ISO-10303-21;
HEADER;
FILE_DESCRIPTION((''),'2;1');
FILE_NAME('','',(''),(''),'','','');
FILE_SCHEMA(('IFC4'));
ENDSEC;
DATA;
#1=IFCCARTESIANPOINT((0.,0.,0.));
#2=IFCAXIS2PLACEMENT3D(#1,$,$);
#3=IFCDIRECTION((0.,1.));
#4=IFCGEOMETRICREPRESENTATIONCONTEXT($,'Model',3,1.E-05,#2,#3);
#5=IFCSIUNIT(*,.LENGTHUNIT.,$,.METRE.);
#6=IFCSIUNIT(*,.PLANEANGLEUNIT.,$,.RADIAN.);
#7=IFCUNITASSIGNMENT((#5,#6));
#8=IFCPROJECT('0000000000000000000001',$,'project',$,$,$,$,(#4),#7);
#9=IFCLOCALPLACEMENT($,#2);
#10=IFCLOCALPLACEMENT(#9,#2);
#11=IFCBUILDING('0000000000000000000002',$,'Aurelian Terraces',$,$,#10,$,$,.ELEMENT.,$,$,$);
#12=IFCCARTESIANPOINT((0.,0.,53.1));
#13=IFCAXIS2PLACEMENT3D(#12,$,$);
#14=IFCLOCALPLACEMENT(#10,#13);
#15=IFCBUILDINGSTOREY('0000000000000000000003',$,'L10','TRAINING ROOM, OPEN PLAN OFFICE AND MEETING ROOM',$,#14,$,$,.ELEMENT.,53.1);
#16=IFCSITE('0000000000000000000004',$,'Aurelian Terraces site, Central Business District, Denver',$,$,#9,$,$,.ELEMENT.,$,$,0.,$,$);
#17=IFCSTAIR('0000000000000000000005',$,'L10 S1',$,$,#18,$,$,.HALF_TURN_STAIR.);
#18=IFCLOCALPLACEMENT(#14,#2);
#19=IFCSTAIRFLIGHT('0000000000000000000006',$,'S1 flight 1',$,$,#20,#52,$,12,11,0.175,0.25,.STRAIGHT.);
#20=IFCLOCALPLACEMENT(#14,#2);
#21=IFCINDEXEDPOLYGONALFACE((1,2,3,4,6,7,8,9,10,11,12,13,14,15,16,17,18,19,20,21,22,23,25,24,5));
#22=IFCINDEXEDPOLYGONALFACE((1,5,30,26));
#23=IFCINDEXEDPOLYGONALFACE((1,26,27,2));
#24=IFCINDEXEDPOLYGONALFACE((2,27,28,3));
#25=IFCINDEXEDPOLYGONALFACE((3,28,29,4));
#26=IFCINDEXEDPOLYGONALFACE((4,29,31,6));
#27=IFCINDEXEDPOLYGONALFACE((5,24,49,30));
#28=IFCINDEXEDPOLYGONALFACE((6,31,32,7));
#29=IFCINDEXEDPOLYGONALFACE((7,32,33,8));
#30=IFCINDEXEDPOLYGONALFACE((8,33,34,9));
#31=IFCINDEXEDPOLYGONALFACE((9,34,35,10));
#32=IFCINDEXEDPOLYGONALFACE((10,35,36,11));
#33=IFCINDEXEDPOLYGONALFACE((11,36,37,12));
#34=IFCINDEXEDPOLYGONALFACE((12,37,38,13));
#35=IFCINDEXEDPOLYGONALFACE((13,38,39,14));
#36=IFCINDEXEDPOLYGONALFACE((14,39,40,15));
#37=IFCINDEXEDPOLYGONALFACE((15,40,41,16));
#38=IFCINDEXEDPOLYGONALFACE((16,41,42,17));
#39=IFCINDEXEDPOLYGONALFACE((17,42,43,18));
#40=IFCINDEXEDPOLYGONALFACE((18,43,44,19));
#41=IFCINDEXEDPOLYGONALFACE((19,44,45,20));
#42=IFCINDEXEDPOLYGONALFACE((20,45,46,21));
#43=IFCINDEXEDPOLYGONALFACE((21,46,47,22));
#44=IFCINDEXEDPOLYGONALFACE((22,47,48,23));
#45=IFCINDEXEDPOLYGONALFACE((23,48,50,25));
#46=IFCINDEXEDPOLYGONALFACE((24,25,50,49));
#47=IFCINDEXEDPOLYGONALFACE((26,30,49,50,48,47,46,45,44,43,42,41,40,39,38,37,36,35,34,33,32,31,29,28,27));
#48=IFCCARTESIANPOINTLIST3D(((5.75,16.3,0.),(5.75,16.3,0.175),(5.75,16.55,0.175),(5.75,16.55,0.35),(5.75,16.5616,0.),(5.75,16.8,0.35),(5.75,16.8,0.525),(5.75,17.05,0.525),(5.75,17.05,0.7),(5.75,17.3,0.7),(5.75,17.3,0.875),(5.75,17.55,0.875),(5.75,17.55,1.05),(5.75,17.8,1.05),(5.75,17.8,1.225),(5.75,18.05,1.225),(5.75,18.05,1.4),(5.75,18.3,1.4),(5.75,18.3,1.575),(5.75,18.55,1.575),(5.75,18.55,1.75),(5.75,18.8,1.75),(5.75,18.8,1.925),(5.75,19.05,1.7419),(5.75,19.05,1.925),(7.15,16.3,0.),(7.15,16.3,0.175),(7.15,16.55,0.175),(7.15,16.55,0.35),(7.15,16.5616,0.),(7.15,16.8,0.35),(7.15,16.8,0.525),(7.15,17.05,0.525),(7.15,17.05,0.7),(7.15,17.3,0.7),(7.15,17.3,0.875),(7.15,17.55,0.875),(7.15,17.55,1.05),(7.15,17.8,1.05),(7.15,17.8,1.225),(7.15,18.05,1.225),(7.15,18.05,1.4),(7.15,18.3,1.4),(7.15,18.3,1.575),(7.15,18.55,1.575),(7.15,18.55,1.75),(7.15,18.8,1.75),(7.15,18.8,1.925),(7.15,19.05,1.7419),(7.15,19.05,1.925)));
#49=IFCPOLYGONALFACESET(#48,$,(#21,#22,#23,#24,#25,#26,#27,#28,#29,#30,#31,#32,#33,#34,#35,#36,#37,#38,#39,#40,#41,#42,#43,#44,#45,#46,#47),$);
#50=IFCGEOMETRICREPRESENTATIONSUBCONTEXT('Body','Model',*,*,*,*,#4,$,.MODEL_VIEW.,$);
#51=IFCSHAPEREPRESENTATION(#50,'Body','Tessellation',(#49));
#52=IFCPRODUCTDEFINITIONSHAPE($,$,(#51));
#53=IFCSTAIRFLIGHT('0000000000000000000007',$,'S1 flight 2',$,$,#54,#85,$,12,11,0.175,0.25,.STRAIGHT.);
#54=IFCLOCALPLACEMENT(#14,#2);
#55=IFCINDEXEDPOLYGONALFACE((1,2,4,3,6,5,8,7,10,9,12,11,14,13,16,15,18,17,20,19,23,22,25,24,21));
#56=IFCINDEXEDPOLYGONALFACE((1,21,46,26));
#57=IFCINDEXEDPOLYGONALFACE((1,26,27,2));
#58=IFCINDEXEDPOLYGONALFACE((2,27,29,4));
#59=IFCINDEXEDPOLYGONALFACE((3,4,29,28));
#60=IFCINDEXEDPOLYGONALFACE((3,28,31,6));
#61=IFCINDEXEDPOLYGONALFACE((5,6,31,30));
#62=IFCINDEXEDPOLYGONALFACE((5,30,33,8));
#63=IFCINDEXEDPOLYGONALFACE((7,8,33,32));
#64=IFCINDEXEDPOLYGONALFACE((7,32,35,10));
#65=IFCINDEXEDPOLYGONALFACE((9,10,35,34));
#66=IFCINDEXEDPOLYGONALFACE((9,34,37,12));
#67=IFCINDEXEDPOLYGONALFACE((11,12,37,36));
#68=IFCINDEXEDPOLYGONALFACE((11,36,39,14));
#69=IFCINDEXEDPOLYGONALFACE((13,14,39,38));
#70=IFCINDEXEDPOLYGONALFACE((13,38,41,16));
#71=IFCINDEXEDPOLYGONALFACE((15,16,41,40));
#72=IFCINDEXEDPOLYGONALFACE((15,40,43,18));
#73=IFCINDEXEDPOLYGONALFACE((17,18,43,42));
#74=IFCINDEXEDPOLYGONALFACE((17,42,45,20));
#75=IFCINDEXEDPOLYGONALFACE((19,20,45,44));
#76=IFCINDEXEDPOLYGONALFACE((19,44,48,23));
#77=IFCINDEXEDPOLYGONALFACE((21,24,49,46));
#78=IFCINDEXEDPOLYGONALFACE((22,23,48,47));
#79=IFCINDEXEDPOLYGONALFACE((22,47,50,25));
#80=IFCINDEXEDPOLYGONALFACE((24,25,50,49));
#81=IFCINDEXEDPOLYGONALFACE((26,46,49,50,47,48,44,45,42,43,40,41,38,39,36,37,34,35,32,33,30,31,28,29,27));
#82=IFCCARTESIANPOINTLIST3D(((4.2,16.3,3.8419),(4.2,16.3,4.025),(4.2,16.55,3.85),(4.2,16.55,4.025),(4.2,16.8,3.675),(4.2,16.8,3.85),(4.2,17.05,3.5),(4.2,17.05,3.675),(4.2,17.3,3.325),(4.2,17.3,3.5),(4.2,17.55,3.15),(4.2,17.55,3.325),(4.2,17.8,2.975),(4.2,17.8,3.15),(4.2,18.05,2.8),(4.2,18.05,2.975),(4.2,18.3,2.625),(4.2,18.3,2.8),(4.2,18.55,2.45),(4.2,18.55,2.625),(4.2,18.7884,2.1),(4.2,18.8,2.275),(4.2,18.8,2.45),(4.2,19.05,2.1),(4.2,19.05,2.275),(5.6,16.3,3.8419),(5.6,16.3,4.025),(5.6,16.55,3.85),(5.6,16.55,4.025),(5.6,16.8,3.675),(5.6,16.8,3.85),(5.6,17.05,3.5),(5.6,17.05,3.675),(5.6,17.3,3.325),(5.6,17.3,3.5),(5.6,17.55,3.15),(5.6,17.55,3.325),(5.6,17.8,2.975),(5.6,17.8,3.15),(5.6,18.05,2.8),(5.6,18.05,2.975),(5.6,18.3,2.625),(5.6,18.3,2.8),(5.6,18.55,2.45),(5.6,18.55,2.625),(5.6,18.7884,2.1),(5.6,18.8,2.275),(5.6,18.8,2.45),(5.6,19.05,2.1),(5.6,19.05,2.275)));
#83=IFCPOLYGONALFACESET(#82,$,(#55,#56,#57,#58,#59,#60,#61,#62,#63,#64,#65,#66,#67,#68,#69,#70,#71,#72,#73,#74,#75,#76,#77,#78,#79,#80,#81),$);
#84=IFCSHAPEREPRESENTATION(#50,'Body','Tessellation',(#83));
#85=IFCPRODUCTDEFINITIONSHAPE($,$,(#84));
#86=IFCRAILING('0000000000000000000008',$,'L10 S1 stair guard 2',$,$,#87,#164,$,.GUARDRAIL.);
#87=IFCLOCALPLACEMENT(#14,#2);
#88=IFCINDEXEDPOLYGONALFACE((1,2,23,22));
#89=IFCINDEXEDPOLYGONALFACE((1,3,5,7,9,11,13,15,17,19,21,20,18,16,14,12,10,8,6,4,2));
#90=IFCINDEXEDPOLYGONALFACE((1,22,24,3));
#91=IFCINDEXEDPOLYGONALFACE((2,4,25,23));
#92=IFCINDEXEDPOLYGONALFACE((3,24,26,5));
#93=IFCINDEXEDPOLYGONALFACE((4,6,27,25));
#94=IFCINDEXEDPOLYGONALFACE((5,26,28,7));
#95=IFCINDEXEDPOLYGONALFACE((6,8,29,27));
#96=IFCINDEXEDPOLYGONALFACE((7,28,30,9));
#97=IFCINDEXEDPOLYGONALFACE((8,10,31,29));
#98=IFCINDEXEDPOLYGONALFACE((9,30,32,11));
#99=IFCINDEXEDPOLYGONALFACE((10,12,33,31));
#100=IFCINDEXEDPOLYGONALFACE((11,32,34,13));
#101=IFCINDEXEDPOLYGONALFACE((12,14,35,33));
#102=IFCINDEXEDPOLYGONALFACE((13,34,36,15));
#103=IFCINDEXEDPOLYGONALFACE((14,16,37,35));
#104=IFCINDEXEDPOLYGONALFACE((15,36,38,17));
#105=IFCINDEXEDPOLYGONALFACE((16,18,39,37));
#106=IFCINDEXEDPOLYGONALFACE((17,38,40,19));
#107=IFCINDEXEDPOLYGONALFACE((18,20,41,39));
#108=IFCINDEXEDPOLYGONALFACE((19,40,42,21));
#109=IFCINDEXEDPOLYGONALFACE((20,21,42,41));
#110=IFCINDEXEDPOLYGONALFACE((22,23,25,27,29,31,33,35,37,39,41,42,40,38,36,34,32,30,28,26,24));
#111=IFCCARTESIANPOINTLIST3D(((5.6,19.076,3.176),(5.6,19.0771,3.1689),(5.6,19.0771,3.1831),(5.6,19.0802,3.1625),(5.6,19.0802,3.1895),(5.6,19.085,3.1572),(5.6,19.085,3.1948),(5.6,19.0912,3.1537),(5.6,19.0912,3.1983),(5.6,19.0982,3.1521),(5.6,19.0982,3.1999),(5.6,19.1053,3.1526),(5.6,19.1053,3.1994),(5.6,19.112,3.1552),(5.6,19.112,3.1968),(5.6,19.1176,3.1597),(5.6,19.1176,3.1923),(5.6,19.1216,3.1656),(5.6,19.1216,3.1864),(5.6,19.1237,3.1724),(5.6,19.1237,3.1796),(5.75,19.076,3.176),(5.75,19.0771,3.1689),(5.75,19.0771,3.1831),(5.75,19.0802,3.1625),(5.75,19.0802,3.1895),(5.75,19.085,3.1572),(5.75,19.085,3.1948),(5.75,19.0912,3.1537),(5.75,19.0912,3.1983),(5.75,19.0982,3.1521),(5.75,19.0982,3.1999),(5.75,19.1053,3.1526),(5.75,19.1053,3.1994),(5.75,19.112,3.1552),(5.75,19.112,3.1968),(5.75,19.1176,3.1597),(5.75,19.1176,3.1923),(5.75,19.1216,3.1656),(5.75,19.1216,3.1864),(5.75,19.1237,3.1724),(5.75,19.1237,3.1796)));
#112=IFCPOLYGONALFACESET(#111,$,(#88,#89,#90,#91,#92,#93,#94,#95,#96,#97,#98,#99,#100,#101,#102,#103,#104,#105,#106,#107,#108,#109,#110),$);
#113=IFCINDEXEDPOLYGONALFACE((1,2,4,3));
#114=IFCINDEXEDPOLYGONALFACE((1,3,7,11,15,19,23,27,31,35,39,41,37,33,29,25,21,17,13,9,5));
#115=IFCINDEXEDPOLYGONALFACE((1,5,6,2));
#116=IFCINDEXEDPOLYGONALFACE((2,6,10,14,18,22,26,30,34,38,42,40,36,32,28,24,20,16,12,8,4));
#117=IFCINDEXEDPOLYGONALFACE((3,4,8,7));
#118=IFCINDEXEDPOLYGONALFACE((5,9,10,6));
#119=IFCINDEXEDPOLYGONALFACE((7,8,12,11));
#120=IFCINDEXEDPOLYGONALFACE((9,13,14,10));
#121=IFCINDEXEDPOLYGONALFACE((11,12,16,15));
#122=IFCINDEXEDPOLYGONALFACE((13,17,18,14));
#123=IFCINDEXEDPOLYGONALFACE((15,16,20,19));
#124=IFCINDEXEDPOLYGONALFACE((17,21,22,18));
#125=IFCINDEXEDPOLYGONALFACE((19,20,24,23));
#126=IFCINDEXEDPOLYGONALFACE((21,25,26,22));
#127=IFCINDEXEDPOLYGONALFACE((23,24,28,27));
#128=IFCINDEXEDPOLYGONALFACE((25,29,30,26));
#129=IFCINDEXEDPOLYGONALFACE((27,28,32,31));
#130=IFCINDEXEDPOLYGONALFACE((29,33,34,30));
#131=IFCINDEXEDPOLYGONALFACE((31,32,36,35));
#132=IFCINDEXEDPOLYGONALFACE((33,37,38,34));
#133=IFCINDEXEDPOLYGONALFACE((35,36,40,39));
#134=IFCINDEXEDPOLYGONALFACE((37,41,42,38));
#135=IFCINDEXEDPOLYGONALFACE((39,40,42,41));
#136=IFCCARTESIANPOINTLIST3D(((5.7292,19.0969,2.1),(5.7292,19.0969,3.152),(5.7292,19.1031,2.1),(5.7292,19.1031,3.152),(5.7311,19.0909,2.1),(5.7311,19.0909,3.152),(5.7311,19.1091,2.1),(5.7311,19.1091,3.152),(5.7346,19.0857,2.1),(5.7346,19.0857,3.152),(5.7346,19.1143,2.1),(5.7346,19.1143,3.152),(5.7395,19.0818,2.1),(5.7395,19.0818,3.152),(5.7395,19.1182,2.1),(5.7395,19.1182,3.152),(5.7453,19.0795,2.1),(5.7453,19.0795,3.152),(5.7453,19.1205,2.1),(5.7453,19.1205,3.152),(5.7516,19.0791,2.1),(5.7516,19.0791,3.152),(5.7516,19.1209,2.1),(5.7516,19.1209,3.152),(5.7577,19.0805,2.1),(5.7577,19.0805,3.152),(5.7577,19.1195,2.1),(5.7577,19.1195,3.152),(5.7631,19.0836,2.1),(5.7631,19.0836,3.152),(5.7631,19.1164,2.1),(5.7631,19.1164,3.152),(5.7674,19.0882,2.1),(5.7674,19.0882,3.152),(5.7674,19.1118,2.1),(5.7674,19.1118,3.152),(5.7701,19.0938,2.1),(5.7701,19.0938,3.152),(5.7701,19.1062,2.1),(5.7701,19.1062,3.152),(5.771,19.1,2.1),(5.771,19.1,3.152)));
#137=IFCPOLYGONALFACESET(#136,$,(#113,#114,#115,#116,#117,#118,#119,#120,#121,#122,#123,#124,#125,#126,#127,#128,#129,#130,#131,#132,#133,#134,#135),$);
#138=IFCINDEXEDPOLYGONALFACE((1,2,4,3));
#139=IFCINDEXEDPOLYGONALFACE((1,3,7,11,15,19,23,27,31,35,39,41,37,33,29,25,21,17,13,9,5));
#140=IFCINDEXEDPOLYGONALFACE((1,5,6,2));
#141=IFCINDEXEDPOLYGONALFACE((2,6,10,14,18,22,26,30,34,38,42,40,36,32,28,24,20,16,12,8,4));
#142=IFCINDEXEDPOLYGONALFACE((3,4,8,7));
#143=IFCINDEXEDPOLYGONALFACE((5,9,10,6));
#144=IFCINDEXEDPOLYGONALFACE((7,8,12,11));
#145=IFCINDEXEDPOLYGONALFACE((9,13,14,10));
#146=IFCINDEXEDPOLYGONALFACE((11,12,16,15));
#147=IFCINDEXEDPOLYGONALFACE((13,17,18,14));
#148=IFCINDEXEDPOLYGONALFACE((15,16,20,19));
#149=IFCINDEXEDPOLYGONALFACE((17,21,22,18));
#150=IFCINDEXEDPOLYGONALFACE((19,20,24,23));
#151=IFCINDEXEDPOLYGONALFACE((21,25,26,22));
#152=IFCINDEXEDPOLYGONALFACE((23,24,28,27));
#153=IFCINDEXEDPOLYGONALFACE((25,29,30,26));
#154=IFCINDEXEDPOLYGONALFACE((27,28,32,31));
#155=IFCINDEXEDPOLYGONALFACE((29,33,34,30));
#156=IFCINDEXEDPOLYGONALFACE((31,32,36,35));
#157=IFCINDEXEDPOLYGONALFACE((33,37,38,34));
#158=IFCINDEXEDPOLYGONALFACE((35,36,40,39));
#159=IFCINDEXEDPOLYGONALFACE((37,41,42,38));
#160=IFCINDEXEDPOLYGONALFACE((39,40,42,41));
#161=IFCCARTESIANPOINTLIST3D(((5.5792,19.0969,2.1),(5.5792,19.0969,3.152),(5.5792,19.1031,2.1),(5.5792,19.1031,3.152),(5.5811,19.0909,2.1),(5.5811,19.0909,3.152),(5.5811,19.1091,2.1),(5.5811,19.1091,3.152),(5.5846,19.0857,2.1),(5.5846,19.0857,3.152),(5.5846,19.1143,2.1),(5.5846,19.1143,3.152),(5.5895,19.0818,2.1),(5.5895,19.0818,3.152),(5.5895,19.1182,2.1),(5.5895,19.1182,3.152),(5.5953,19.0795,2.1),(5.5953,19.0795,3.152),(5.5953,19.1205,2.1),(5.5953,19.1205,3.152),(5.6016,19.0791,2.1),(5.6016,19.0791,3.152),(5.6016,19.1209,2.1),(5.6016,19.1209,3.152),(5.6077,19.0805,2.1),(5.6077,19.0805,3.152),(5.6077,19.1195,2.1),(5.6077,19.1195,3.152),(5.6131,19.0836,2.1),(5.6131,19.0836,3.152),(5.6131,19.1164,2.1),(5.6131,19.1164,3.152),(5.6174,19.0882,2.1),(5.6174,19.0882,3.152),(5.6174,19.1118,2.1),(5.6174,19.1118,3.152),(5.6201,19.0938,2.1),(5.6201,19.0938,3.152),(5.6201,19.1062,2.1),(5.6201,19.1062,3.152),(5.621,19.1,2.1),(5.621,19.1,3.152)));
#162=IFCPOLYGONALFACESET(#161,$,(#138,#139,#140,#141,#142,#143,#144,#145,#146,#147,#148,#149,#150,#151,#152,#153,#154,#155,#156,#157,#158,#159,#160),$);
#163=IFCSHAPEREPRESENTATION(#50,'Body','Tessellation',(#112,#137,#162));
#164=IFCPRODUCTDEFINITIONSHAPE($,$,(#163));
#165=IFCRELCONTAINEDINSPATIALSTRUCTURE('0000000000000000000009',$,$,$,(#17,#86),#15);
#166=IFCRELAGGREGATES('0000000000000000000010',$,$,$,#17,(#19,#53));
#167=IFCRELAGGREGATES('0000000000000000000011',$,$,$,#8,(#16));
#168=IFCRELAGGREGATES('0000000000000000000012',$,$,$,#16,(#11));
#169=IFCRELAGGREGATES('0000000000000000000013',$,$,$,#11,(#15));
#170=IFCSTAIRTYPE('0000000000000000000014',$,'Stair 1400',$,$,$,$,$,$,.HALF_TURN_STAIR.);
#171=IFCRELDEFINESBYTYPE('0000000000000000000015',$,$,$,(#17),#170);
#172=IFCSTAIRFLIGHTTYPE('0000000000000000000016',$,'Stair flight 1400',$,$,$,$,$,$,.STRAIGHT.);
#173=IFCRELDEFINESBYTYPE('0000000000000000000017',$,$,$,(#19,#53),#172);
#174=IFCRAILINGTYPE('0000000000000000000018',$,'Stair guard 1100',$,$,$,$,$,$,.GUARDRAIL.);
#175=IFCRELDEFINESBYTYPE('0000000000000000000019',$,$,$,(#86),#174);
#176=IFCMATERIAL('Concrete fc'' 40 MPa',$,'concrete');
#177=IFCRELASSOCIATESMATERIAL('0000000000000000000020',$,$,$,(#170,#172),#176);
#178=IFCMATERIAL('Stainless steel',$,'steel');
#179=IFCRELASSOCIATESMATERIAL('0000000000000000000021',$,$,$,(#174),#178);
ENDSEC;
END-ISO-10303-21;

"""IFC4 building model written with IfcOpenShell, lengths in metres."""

from ifc_helpers import new_model, si_unit, direction, frame, origin, origin_2d, place, context, subcontext, project, spatial, polyline, circle, outline, extrude, source, transform, mapped, material, type_object, element, aggregate, save


model = new_model("IFC4")

# Units and contexts
model_context = context("Model", 3, precision=1e-05, world=origin(), true_north=direction((0.0, 1.0)))
body_context = subcontext(model_context, "Body", "Model", "MODEL_VIEW")
ifc_project = project(units=[si_unit("LENGTHUNIT", "METRE"), si_unit("PLANEANGLEUNIT", "RADIAN")], contexts=[model_context])

# Site, building, storey
site_placement = place(None, origin())
site = spatial("IfcSite", under=ifc_project, at=site_placement, Name="Aurelian Terraces site, Central Business District, Denver", CompositionType="ELEMENT", RefElevation=0.0)
building_placement = place(site_placement, origin())
building = spatial("IfcBuilding", under=site, at=building_placement, Name="Aurelian Terraces", CompositionType="ELEMENT")
storey_placement = place(building_placement, frame((0.0, 0.0, 53.1)))
storey = spatial("IfcBuildingStorey", under=building, at=storey_placement, Name="L10", Description="TRAINING ROOM, OPEN PLAN OFFICE AND MEETING ROOM", CompositionType="ELEMENT", Elevation=53.1)

# Shared definitions
ifc_material_1 = material(Name="Concrete fc' 40 MPa", Category="concrete")

# Shared definitions
ifc_material_2 = material(Name="Stainless steel", Category="steel")

# Stair, stair flights
stair_type = type_object("IfcStairType", Name="Stair 1400", PredefinedType="HALF_TURN_STAIR", material=ifc_material_1)
stair_placement = place(storey_placement, origin())
stair = element("IfcStair", 1, at=stair_placement, inside=storey, type_object=stair_type, Name="L10 S1", PredefinedType="HALF_TURN_STAIR")
stair_flight_type = type_object("IfcStairFlightType", Name="Stair flight 1400", PredefinedType="STRAIGHT", material=ifc_material_1)
shared_shape_1 = source(origin(), body_context, "Body", "SweptSolid", [
    extrude(outline(polyline([(0.0, 0.0), (0.0, 0.175), (0.25, 0.175), (0.25, 0.35), (0.5, 0.35), (0.5, 0.525), (0.75, 0.525), (0.75, 0.7), (1.0, 0.7), (1.0, 0.875), (1.25, 0.875), (1.25, 1.05), (1.5, 1.05), (1.5, 1.225), (1.75, 1.225), (1.75, 1.4), (2.0, 1.4), (2.0, 1.575), (2.25, 1.575), (2.25, 1.75), (2.5, 1.75), (2.5, 1.925), (2.75, 1.925), (2.75, 2.1), (2.75, 1.7419), (0.2616, 0.0), (0.0, 0.0)])), frame((0.0, 0.7, 0.0), z_axis=(0.0, -1.0, 0.0), x_axis=(1.0, 0.0, 0.0)), (0.0, 0.0, 1.0), 1.4),
])
stair_flight_1_placement = place(storey_placement, frame((6.45, 16.3, 0.0), z_axis=(0.0, 0.0, 1.0), x_axis=(0.0, 1.0, 0.0)))
stair_flight_1 = element("IfcStairFlight", 2, at=stair_flight_1_placement, type_object=stair_flight_type, Name="S1 flight 1", NumberOfRisers=12, NumberOfTreads=11, PredefinedType="STRAIGHT", RiserHeight=0.175, TreadLength=0.25, context=body_context, shape_type="MappedRepresentation", body=[
    mapped(shared_shape_1, transform((0.0, 0.0, 0.0), scale=1.0)),
])
stair_flight_2_placement = place(storey_placement, frame((4.9, 19.05, 2.1), z_axis=(0.0, 0.0, 1.0), x_axis=(0.0, -1.0, 0.0)))
stair_flight_2 = element("IfcStairFlight", 3, at=stair_flight_2_placement, type_object=stair_flight_type, Name="S1 flight 2", NumberOfRisers=12, NumberOfTreads=11, PredefinedType="STRAIGHT", RiserHeight=0.175, TreadLength=0.25, context=body_context, shape_type="MappedRepresentation", body=[
    mapped(shared_shape_1, transform((0.0, 0.0, 0.0), scale=1.0)),
])
aggregate(stair, [stair_flight_1, stair_flight_2])

# Railing
railing_type_1 = type_object("IfcRailingType", Name="Stair guard 1100", PredefinedType="GUARDRAIL", material=ifc_material_2)
shared_shape_2 = source(origin(), body_context, "Body", "SweptSolid", [
    extrude(circle(Radius=0.024, at=origin_2d()), frame((0.0, 0.0, 1.076), z_axis=(-1.0, 0.0, 0.0), x_axis=(0.0, -1.0, 0.0)), (0.0, 0.0, 1.0), 0.15),
    extrude(circle(Radius=0.021, at=origin_2d()), origin(), (0.0, 0.0, 1.0), 1.052),
    extrude(circle(Radius=0.021, at=origin_2d()), frame((-0.15, 0.0, 0.0)), (0.0, 0.0, 1.0), 1.052),
])
for number, where, name in (
    (4, (5.75, 19.1, 2.1), "L10 S1 stair guard 2"),
):
    element("IfcRailing", number, at=place(storey_placement, frame(where)), inside=storey, type_object=railing_type_1, Name=name, PredefinedType="GUARDRAIL", context=body_context, shape_type="MappedRepresentation", body=[
        mapped(shared_shape_2, transform((0.0, 0.0, 0.0), scale=1.0)),
    ])

save(model, "model.ifc")
